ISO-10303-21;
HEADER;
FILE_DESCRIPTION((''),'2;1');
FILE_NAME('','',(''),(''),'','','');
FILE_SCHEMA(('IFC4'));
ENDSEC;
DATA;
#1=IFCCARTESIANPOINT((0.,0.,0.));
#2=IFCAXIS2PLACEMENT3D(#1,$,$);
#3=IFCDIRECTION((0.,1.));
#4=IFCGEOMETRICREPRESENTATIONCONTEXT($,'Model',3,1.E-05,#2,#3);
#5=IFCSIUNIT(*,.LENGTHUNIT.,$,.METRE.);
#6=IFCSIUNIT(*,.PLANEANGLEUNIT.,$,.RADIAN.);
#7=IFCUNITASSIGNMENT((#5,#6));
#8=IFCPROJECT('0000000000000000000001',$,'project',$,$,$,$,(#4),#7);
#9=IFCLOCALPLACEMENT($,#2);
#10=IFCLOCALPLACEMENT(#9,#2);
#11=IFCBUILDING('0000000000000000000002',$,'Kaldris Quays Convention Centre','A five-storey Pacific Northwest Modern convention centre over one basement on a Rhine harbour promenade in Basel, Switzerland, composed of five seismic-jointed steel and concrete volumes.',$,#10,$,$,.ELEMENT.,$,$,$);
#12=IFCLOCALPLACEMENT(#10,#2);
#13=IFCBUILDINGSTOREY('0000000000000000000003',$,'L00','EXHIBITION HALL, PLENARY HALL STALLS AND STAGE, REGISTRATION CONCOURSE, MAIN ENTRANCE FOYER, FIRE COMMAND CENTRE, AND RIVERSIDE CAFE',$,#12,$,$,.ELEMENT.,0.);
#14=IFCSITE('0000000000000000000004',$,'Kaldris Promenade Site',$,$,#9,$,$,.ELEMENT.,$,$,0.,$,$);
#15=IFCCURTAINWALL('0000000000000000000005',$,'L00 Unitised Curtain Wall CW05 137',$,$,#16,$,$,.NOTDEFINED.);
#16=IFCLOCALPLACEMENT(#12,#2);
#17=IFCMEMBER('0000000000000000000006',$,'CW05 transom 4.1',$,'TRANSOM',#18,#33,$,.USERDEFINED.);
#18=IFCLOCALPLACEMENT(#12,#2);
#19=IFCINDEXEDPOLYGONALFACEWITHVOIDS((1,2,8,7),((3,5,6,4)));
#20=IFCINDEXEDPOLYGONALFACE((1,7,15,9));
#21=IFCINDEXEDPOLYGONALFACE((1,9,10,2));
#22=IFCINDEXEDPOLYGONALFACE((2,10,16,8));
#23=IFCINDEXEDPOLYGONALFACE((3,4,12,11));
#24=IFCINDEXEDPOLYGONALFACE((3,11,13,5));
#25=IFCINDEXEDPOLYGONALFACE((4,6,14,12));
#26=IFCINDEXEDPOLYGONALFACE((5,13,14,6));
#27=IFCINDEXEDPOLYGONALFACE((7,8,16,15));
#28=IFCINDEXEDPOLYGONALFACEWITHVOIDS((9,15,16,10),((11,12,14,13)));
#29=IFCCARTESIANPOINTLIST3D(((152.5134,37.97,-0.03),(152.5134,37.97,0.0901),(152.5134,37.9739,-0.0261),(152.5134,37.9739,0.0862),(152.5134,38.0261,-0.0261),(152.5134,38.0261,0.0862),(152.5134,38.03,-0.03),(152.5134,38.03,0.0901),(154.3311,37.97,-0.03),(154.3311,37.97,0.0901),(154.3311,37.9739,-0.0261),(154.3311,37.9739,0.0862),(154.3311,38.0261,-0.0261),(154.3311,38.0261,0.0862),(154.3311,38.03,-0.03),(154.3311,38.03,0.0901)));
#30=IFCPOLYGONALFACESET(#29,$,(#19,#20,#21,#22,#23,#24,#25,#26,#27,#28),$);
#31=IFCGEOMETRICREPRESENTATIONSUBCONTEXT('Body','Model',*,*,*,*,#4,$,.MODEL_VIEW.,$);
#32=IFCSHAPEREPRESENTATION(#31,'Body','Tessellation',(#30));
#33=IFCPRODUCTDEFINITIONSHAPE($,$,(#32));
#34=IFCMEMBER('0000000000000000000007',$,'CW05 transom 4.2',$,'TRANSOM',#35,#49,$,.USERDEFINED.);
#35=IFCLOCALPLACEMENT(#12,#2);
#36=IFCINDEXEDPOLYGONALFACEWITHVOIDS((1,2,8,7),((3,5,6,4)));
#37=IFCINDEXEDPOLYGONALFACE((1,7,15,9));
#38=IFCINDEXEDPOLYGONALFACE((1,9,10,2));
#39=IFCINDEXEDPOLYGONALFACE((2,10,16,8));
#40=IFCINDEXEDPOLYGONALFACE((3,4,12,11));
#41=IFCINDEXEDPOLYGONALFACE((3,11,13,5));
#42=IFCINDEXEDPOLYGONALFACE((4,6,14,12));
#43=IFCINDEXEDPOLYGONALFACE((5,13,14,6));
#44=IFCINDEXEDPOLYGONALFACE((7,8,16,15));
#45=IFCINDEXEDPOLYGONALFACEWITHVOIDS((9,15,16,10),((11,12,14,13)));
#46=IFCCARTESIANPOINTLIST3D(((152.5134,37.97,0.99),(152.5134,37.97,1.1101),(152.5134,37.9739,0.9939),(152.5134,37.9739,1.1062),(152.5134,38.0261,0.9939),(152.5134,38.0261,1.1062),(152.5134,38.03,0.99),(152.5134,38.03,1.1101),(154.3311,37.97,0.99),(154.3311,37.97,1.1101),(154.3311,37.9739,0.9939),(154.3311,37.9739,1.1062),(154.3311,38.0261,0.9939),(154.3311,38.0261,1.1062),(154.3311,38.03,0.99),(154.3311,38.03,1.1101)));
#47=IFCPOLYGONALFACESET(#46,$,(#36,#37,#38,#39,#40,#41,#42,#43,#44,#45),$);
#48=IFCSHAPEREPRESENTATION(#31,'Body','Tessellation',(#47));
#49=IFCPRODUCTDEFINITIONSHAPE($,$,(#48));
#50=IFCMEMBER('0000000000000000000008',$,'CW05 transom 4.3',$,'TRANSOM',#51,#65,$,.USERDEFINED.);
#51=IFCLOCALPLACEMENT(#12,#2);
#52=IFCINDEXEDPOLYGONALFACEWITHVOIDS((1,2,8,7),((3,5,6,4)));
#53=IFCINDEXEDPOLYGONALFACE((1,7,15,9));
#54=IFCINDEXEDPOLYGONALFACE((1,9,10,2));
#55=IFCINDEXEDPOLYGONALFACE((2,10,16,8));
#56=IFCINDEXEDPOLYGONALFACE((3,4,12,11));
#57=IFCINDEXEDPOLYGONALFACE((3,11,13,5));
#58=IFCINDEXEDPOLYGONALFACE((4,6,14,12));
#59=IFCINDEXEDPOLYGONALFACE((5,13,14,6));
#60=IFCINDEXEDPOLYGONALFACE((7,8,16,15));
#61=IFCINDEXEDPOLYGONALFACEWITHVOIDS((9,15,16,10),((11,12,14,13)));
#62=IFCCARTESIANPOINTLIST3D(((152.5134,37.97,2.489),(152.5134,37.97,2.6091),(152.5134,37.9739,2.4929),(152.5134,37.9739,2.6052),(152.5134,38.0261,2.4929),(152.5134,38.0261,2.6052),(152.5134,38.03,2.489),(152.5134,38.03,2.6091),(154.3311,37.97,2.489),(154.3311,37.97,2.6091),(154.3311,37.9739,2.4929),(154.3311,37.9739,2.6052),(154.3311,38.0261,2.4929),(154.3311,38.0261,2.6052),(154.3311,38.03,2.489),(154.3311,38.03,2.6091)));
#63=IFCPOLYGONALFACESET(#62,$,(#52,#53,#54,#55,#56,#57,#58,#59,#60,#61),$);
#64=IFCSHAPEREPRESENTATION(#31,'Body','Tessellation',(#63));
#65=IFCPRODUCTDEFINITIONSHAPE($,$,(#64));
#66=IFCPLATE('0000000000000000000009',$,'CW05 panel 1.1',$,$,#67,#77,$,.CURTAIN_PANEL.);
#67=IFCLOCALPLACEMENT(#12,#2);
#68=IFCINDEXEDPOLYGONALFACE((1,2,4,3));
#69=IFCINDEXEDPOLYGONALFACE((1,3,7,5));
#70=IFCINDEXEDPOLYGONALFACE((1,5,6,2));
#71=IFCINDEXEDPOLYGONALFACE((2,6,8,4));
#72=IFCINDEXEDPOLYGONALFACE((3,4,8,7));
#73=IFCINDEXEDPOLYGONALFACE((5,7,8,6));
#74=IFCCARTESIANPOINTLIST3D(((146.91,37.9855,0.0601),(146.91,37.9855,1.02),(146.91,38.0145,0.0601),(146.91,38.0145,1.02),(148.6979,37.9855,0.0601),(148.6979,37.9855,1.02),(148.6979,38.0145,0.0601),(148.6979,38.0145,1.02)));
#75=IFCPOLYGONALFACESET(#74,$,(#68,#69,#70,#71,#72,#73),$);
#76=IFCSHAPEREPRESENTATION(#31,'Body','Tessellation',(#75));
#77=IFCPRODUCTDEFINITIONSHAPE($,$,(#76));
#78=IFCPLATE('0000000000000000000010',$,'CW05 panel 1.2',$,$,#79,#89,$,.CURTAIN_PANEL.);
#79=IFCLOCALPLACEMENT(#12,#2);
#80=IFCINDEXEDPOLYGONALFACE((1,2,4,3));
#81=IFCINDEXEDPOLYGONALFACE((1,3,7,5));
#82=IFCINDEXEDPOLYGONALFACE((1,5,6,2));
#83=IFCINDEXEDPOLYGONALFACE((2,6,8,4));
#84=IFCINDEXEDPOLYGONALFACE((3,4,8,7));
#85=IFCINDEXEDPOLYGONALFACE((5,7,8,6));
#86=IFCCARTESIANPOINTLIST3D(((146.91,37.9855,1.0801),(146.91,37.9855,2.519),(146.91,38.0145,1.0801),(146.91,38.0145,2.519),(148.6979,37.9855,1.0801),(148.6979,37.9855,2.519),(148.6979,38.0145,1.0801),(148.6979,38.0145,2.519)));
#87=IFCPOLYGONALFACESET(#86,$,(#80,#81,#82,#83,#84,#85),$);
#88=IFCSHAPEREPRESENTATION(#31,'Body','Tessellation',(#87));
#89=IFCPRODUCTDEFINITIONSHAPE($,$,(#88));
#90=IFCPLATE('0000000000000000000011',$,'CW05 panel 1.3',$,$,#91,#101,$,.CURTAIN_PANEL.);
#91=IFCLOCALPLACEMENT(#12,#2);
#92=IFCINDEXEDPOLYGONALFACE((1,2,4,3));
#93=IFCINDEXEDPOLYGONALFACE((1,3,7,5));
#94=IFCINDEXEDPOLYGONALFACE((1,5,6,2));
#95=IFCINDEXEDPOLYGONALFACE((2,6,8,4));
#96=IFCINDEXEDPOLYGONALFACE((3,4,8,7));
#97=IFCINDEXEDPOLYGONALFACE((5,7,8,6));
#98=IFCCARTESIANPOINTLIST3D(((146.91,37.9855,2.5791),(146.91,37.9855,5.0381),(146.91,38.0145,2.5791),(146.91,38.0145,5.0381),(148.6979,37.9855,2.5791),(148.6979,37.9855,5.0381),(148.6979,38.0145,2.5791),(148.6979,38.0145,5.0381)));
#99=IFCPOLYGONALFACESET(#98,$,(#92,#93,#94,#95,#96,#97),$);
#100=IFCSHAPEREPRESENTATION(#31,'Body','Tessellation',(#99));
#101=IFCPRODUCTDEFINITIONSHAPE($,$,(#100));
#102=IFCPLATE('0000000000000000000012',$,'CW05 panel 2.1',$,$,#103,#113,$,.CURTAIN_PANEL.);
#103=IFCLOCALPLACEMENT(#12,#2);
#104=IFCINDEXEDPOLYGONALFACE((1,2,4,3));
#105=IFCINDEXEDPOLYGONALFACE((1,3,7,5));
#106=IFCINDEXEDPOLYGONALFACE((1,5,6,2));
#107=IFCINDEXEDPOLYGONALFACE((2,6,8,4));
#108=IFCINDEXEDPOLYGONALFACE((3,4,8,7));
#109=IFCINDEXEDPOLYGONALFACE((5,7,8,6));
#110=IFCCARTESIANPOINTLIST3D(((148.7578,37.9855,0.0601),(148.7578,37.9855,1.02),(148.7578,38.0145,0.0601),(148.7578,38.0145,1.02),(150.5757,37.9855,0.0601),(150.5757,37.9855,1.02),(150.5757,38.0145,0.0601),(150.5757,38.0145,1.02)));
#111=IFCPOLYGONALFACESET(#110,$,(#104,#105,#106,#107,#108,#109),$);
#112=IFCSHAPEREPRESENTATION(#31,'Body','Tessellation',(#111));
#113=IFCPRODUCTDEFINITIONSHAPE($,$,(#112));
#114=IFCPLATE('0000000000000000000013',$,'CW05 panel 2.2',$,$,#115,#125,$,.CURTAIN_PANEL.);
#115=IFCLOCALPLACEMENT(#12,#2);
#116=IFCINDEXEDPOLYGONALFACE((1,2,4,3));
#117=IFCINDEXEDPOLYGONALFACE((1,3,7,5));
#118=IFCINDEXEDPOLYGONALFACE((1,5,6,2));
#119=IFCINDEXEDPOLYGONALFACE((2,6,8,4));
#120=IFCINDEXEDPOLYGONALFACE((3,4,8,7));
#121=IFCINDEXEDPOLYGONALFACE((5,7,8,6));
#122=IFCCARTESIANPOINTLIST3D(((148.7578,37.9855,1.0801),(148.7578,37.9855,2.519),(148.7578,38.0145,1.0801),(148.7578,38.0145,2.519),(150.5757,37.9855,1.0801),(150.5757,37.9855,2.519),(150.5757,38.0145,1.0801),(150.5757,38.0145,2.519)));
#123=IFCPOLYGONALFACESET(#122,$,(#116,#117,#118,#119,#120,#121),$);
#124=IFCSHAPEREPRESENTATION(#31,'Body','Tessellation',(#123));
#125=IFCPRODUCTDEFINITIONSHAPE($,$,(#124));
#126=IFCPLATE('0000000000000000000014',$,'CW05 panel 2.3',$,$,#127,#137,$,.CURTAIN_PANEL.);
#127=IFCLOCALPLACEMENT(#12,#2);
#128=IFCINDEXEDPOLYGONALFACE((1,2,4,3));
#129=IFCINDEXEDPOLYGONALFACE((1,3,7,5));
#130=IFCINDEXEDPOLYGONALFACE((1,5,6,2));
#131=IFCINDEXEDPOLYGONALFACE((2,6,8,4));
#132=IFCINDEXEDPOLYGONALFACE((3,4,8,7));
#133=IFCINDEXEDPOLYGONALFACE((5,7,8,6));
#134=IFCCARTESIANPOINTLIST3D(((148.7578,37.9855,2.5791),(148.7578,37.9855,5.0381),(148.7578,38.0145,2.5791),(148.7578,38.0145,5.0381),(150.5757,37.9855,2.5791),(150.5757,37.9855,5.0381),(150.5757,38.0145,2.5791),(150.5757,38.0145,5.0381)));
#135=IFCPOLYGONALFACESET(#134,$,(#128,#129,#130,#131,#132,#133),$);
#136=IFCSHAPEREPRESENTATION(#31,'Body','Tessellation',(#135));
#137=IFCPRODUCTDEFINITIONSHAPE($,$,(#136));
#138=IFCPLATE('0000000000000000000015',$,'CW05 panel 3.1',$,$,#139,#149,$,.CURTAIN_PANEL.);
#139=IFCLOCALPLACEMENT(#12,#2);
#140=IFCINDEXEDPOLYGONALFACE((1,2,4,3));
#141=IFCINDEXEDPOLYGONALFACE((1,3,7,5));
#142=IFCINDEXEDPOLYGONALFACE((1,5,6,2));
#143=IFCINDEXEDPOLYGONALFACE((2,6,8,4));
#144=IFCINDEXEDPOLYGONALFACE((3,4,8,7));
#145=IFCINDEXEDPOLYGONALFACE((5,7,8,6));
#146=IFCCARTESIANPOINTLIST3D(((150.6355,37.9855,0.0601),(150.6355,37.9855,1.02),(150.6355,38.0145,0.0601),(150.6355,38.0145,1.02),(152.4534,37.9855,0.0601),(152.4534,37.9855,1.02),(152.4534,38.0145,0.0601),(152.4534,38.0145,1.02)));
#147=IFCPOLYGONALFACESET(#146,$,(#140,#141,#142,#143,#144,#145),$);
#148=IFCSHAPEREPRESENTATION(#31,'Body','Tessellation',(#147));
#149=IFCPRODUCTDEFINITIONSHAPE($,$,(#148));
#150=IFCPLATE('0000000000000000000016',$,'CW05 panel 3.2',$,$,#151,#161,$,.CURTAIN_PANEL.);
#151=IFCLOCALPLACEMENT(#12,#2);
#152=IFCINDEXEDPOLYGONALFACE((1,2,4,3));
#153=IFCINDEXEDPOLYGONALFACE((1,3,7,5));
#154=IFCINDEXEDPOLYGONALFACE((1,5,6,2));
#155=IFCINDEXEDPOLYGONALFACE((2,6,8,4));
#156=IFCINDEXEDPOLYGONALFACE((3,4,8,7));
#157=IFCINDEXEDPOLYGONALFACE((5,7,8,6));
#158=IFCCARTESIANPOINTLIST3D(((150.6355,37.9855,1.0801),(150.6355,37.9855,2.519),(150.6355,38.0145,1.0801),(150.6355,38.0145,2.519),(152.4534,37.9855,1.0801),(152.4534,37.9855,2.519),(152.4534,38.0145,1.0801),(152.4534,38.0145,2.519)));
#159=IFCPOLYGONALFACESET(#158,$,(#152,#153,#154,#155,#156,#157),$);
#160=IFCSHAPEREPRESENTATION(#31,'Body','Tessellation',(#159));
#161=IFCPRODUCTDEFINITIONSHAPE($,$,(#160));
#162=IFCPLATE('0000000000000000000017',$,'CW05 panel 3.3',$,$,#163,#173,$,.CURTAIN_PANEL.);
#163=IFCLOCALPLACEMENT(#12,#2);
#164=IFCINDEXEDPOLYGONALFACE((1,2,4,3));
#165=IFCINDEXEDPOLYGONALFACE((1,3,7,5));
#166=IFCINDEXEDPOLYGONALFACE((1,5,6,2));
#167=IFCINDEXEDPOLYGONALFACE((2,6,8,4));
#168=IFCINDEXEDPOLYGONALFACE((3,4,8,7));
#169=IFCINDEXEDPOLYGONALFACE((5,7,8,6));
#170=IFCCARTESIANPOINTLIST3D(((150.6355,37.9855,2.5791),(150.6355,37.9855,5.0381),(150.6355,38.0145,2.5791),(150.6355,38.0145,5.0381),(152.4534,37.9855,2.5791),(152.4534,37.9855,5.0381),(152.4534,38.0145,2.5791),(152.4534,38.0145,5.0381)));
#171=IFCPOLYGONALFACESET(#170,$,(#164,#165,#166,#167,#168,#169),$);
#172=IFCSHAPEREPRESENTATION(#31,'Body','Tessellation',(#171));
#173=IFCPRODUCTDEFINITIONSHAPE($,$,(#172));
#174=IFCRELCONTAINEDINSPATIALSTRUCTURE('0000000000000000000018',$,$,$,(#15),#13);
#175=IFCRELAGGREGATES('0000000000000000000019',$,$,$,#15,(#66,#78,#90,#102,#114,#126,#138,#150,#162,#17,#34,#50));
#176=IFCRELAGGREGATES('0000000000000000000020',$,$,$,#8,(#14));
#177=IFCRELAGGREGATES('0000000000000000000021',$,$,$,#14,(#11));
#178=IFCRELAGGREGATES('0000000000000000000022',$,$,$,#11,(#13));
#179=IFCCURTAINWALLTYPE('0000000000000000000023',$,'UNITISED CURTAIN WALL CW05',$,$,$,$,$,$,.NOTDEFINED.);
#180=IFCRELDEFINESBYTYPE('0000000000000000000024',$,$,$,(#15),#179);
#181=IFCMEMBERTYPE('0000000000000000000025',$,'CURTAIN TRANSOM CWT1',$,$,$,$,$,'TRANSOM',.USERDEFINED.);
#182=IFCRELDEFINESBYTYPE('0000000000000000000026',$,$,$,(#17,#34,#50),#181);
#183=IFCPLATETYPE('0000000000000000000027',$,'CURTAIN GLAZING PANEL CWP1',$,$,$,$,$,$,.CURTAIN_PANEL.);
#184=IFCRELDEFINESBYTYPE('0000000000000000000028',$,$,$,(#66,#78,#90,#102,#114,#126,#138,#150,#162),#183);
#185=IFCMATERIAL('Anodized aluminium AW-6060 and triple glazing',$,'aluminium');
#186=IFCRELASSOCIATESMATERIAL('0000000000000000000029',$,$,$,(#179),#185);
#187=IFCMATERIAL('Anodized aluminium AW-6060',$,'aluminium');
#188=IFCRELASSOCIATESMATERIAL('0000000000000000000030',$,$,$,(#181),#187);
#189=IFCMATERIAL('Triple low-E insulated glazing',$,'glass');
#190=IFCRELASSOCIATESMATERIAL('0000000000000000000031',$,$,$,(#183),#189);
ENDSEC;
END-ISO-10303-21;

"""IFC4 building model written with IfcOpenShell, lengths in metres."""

from ifc_helpers import new_model, si_unit, direction, frame, origin, origin_2d, place, context, subcontext, project, spatial, rectangle, hollow_rectangle, extrude, material, material_profile, profile_set, type_object, element, aggregate, save


model = new_model("IFC4")

# Units and contexts
model_context = context("Model", 3, precision=1e-05, world=origin(), true_north=direction((0.0, 1.0)))
body_context = subcontext(model_context, "Body", "Model", "MODEL_VIEW")
ifc_project = project(units=[si_unit("LENGTHUNIT", "METRE"), si_unit("PLANEANGLEUNIT", "RADIAN")], contexts=[model_context])

# Site, building, storey
site_placement = place(None, origin())
site = spatial("IfcSite", under=ifc_project, at=site_placement, Name="Kaldris Promenade Site", CompositionType="ELEMENT", RefElevation=0.0)
building_placement = place(site_placement, origin())
building = spatial("IfcBuilding", under=site, at=building_placement, Name="Kaldris Quays Convention Centre", Description="A five-storey Pacific Northwest Modern convention centre over one basement on a Rhine harbour promenade in Basel, Switzerland, composed of five seismic-jointed steel and concrete volumes.", CompositionType="ELEMENT")
storey_placement = place(building_placement, origin())
storey = spatial("IfcBuildingStorey", under=building, at=storey_placement, Name="L00", Description="EXHIBITION HALL, PLENARY HALL STALLS AND STAGE, REGISTRATION CONCOURSE, MAIN ENTRANCE FOYER, FIRE COMMAND CENTRE, AND RIVERSIDE CAFE", CompositionType="ELEMENT", Elevation=0.0)

# Curtain wall, members, plates
ifc_material_1 = material(Name="Anodized aluminium AW-6060 and triple glazing", Category="aluminium")
curtain_wall_type = type_object("IfcCurtainWallType", Name="UNITISED CURTAIN WALL CW05", PredefinedType="NOTDEFINED", material=ifc_material_1)
curtain_wall_placement = place(storey_placement, origin())
curtain_wall = element("IfcCurtainWall", 1, at=curtain_wall_placement, inside=storey, type_object=curtain_wall_type, Name="L00 Unitised Curtain Wall CW05 137", PredefinedType="NOTDEFINED")
ifc_material_2 = material(Name="Anodized aluminium AW-6060", Category="aluminium")
ifc_material_profile_1 = material_profile(ifc_material_2, hollow_rectangle(XDim=0.0601, YDim=0.1201, WallThickness=0.0039, at=origin_2d()), Name="RHS 120x60x4")
ifc_profile_set_1 = profile_set([ifc_material_profile_1], Name="Anodized aluminium AW-6060")
member_type_1 = type_object("IfcMemberType", Name="CURTAIN TRANSOM CWT1", ElementType="TRANSOM", PredefinedType="USERDEFINED", material=ifc_profile_set_1)
member_1_placement = place(storey_placement, frame((152.5134, 38.0, 0.03), z_axis=(1.0, 0.0, 0.0), x_axis=(0.0, 1.0, 0.0)))
member_1 = element("IfcMember", 2, at=member_1_placement, type_object=member_type_1, Name="CW05 transom 4.1", ObjectType="TRANSOM", PredefinedType="USERDEFINED", context=body_context, shape_type="SweptSolid", body=[
    extrude(hollow_rectangle(XDim=0.0601, YDim=0.1201, WallThickness=0.0039, at=origin_2d()), origin(), (0.0, 0.0, 1.0), 1.8176),
])
member_2_placement = place(storey_placement, frame((152.5134, 38.0, 1.05), z_axis=(1.0, 0.0, 0.0), x_axis=(0.0, 1.0, 0.0)))
member_2 = element("IfcMember", 3, at=member_2_placement, type_object=member_type_1, Name="CW05 transom 4.2", ObjectType="TRANSOM", PredefinedType="USERDEFINED", context=body_context, shape_type="SweptSolid", body=[
    extrude(hollow_rectangle(XDim=0.0601, YDim=0.1201, WallThickness=0.0039, at=origin_2d()), origin(), (0.0, 0.0, 1.0), 1.8176),
])
member_3_placement = place(storey_placement, frame((152.5134, 38.0, 2.5491), z_axis=(1.0, 0.0, 0.0), x_axis=(0.0, 1.0, 0.0)))
member_3 = element("IfcMember", 4, at=member_3_placement, type_object=member_type_1, Name="CW05 transom 4.3", ObjectType="TRANSOM", PredefinedType="USERDEFINED", context=body_context, shape_type="SweptSolid", body=[
    extrude(hollow_rectangle(XDim=0.0601, YDim=0.1201, WallThickness=0.0039, at=origin_2d()), origin(), (0.0, 0.0, 1.0), 1.8176),
])
ifc_material_3 = material(Name="Triple low-E insulated glazing", Category="glass")
plate_type = type_object("IfcPlateType", Name="CURTAIN GLAZING PANEL CWP1", PredefinedType="CURTAIN_PANEL", material=ifc_material_3)
plate_1_placement = place(storey_placement, frame((147.804, 38.0, 0.0601), z_axis=(0.0, 0.0, 1.0), x_axis=(1.0, 0.0, 0.0)))
plate_1 = element("IfcPlate", 5, at=plate_1_placement, type_object=plate_type, Name="CW05 panel 1.1", PredefinedType="CURTAIN_PANEL", context=body_context, shape_type="SweptSolid", body=[
    extrude(rectangle(XDim=1.7878, YDim=0.0291, at=origin_2d()), origin(), (0.0, 0.0, 1.0), 0.96),
])
plate_2_placement = place(storey_placement, frame((147.804, 38.0, 1.0801), z_axis=(0.0, 0.0, 1.0), x_axis=(1.0, 0.0, 0.0)))
plate_2 = element("IfcPlate", 6, at=plate_2_placement, type_object=plate_type, Name="CW05 panel 1.2", PredefinedType="CURTAIN_PANEL", context=body_context, shape_type="SweptSolid", body=[
    extrude(rectangle(XDim=1.7878, YDim=0.0291, at=origin_2d()), origin(), (0.0, 0.0, 1.0), 1.439),
])
plate_3_placement = place(storey_placement, frame((147.804, 38.0, 2.5791), z_axis=(0.0, 0.0, 1.0), x_axis=(1.0, 0.0, 0.0)))
plate_3 = element("IfcPlate", 7, at=plate_3_placement, type_object=plate_type, Name="CW05 panel 1.3", PredefinedType="CURTAIN_PANEL", context=body_context, shape_type="SweptSolid", body=[
    extrude(rectangle(XDim=1.7878, YDim=0.0291, at=origin_2d()), origin(), (0.0, 0.0, 1.0), 2.459),
])
plate_4_placement = place(storey_placement, frame((149.6667, 38.0, 0.0601), z_axis=(0.0, 0.0, 1.0), x_axis=(1.0, 0.0, 0.0)))
plate_4 = element("IfcPlate", 8, at=plate_4_placement, type_object=plate_type, Name="CW05 panel 2.1", PredefinedType="CURTAIN_PANEL", context=body_context, shape_type="SweptSolid", body=[
    extrude(rectangle(XDim=1.8179, YDim=0.0291, at=origin_2d()), origin(), (0.0, 0.0, 1.0), 0.96),
])
plate_5_placement = place(storey_placement, frame((149.6667, 38.0, 1.0801), z_axis=(0.0, 0.0, 1.0), x_axis=(1.0, 0.0, 0.0)))
plate_5 = element("IfcPlate", 9, at=plate_5_placement, type_object=plate_type, Name="CW05 panel 2.2", PredefinedType="CURTAIN_PANEL", context=body_context, shape_type="SweptSolid", body=[
    extrude(rectangle(XDim=1.8179, YDim=0.0291, at=origin_2d()), origin(), (0.0, 0.0, 1.0), 1.439),
])
plate_6_placement = place(storey_placement, frame((149.6667, 38.0, 2.5791), z_axis=(0.0, 0.0, 1.0), x_axis=(1.0, 0.0, 0.0)))
plate_6 = element("IfcPlate", 10, at=plate_6_placement, type_object=plate_type, Name="CW05 panel 2.3", PredefinedType="CURTAIN_PANEL", context=body_context, shape_type="SweptSolid", body=[
    extrude(rectangle(XDim=1.8179, YDim=0.0291, at=origin_2d()), origin(), (0.0, 0.0, 1.0), 2.459),
])
plate_7_placement = place(storey_placement, frame((151.5444, 38.0, 0.0601), z_axis=(0.0, 0.0, 1.0), x_axis=(1.0, 0.0, 0.0)))
plate_7 = element("IfcPlate", 11, at=plate_7_placement, type_object=plate_type, Name="CW05 panel 3.1", PredefinedType="CURTAIN_PANEL", context=body_context, shape_type="SweptSolid", body=[
    extrude(rectangle(XDim=1.8179, YDim=0.0291, at=origin_2d()), origin(), (0.0, 0.0, 1.0), 0.96),
])
plate_8_placement = place(storey_placement, frame((151.5444, 38.0, 1.0801), z_axis=(0.0, 0.0, 1.0), x_axis=(1.0, 0.0, 0.0)))
plate_8 = element("IfcPlate", 12, at=plate_8_placement, type_object=plate_type, Name="CW05 panel 3.2", PredefinedType="CURTAIN_PANEL", context=body_context, shape_type="SweptSolid", body=[
    extrude(rectangle(XDim=1.8179, YDim=0.0291, at=origin_2d()), origin(), (0.0, 0.0, 1.0), 1.439),
])
plate_9_placement = place(storey_placement, frame((151.5444, 38.0, 2.5791), z_axis=(0.0, 0.0, 1.0), x_axis=(1.0, 0.0, 0.0)))
plate_9 = element("IfcPlate", 13, at=plate_9_placement, type_object=plate_type, Name="CW05 panel 3.3", PredefinedType="CURTAIN_PANEL", context=body_context, shape_type="SweptSolid", body=[
    extrude(rectangle(XDim=1.8179, YDim=0.0291, at=origin_2d()), origin(), (0.0, 0.0, 1.0), 2.459),
])
aggregate(curtain_wall, [plate_1, plate_2, plate_3, plate_4, plate_5, plate_6, plate_7, plate_8, plate_9, member_1, member_2, member_3])

save(model, "model.ifc")
